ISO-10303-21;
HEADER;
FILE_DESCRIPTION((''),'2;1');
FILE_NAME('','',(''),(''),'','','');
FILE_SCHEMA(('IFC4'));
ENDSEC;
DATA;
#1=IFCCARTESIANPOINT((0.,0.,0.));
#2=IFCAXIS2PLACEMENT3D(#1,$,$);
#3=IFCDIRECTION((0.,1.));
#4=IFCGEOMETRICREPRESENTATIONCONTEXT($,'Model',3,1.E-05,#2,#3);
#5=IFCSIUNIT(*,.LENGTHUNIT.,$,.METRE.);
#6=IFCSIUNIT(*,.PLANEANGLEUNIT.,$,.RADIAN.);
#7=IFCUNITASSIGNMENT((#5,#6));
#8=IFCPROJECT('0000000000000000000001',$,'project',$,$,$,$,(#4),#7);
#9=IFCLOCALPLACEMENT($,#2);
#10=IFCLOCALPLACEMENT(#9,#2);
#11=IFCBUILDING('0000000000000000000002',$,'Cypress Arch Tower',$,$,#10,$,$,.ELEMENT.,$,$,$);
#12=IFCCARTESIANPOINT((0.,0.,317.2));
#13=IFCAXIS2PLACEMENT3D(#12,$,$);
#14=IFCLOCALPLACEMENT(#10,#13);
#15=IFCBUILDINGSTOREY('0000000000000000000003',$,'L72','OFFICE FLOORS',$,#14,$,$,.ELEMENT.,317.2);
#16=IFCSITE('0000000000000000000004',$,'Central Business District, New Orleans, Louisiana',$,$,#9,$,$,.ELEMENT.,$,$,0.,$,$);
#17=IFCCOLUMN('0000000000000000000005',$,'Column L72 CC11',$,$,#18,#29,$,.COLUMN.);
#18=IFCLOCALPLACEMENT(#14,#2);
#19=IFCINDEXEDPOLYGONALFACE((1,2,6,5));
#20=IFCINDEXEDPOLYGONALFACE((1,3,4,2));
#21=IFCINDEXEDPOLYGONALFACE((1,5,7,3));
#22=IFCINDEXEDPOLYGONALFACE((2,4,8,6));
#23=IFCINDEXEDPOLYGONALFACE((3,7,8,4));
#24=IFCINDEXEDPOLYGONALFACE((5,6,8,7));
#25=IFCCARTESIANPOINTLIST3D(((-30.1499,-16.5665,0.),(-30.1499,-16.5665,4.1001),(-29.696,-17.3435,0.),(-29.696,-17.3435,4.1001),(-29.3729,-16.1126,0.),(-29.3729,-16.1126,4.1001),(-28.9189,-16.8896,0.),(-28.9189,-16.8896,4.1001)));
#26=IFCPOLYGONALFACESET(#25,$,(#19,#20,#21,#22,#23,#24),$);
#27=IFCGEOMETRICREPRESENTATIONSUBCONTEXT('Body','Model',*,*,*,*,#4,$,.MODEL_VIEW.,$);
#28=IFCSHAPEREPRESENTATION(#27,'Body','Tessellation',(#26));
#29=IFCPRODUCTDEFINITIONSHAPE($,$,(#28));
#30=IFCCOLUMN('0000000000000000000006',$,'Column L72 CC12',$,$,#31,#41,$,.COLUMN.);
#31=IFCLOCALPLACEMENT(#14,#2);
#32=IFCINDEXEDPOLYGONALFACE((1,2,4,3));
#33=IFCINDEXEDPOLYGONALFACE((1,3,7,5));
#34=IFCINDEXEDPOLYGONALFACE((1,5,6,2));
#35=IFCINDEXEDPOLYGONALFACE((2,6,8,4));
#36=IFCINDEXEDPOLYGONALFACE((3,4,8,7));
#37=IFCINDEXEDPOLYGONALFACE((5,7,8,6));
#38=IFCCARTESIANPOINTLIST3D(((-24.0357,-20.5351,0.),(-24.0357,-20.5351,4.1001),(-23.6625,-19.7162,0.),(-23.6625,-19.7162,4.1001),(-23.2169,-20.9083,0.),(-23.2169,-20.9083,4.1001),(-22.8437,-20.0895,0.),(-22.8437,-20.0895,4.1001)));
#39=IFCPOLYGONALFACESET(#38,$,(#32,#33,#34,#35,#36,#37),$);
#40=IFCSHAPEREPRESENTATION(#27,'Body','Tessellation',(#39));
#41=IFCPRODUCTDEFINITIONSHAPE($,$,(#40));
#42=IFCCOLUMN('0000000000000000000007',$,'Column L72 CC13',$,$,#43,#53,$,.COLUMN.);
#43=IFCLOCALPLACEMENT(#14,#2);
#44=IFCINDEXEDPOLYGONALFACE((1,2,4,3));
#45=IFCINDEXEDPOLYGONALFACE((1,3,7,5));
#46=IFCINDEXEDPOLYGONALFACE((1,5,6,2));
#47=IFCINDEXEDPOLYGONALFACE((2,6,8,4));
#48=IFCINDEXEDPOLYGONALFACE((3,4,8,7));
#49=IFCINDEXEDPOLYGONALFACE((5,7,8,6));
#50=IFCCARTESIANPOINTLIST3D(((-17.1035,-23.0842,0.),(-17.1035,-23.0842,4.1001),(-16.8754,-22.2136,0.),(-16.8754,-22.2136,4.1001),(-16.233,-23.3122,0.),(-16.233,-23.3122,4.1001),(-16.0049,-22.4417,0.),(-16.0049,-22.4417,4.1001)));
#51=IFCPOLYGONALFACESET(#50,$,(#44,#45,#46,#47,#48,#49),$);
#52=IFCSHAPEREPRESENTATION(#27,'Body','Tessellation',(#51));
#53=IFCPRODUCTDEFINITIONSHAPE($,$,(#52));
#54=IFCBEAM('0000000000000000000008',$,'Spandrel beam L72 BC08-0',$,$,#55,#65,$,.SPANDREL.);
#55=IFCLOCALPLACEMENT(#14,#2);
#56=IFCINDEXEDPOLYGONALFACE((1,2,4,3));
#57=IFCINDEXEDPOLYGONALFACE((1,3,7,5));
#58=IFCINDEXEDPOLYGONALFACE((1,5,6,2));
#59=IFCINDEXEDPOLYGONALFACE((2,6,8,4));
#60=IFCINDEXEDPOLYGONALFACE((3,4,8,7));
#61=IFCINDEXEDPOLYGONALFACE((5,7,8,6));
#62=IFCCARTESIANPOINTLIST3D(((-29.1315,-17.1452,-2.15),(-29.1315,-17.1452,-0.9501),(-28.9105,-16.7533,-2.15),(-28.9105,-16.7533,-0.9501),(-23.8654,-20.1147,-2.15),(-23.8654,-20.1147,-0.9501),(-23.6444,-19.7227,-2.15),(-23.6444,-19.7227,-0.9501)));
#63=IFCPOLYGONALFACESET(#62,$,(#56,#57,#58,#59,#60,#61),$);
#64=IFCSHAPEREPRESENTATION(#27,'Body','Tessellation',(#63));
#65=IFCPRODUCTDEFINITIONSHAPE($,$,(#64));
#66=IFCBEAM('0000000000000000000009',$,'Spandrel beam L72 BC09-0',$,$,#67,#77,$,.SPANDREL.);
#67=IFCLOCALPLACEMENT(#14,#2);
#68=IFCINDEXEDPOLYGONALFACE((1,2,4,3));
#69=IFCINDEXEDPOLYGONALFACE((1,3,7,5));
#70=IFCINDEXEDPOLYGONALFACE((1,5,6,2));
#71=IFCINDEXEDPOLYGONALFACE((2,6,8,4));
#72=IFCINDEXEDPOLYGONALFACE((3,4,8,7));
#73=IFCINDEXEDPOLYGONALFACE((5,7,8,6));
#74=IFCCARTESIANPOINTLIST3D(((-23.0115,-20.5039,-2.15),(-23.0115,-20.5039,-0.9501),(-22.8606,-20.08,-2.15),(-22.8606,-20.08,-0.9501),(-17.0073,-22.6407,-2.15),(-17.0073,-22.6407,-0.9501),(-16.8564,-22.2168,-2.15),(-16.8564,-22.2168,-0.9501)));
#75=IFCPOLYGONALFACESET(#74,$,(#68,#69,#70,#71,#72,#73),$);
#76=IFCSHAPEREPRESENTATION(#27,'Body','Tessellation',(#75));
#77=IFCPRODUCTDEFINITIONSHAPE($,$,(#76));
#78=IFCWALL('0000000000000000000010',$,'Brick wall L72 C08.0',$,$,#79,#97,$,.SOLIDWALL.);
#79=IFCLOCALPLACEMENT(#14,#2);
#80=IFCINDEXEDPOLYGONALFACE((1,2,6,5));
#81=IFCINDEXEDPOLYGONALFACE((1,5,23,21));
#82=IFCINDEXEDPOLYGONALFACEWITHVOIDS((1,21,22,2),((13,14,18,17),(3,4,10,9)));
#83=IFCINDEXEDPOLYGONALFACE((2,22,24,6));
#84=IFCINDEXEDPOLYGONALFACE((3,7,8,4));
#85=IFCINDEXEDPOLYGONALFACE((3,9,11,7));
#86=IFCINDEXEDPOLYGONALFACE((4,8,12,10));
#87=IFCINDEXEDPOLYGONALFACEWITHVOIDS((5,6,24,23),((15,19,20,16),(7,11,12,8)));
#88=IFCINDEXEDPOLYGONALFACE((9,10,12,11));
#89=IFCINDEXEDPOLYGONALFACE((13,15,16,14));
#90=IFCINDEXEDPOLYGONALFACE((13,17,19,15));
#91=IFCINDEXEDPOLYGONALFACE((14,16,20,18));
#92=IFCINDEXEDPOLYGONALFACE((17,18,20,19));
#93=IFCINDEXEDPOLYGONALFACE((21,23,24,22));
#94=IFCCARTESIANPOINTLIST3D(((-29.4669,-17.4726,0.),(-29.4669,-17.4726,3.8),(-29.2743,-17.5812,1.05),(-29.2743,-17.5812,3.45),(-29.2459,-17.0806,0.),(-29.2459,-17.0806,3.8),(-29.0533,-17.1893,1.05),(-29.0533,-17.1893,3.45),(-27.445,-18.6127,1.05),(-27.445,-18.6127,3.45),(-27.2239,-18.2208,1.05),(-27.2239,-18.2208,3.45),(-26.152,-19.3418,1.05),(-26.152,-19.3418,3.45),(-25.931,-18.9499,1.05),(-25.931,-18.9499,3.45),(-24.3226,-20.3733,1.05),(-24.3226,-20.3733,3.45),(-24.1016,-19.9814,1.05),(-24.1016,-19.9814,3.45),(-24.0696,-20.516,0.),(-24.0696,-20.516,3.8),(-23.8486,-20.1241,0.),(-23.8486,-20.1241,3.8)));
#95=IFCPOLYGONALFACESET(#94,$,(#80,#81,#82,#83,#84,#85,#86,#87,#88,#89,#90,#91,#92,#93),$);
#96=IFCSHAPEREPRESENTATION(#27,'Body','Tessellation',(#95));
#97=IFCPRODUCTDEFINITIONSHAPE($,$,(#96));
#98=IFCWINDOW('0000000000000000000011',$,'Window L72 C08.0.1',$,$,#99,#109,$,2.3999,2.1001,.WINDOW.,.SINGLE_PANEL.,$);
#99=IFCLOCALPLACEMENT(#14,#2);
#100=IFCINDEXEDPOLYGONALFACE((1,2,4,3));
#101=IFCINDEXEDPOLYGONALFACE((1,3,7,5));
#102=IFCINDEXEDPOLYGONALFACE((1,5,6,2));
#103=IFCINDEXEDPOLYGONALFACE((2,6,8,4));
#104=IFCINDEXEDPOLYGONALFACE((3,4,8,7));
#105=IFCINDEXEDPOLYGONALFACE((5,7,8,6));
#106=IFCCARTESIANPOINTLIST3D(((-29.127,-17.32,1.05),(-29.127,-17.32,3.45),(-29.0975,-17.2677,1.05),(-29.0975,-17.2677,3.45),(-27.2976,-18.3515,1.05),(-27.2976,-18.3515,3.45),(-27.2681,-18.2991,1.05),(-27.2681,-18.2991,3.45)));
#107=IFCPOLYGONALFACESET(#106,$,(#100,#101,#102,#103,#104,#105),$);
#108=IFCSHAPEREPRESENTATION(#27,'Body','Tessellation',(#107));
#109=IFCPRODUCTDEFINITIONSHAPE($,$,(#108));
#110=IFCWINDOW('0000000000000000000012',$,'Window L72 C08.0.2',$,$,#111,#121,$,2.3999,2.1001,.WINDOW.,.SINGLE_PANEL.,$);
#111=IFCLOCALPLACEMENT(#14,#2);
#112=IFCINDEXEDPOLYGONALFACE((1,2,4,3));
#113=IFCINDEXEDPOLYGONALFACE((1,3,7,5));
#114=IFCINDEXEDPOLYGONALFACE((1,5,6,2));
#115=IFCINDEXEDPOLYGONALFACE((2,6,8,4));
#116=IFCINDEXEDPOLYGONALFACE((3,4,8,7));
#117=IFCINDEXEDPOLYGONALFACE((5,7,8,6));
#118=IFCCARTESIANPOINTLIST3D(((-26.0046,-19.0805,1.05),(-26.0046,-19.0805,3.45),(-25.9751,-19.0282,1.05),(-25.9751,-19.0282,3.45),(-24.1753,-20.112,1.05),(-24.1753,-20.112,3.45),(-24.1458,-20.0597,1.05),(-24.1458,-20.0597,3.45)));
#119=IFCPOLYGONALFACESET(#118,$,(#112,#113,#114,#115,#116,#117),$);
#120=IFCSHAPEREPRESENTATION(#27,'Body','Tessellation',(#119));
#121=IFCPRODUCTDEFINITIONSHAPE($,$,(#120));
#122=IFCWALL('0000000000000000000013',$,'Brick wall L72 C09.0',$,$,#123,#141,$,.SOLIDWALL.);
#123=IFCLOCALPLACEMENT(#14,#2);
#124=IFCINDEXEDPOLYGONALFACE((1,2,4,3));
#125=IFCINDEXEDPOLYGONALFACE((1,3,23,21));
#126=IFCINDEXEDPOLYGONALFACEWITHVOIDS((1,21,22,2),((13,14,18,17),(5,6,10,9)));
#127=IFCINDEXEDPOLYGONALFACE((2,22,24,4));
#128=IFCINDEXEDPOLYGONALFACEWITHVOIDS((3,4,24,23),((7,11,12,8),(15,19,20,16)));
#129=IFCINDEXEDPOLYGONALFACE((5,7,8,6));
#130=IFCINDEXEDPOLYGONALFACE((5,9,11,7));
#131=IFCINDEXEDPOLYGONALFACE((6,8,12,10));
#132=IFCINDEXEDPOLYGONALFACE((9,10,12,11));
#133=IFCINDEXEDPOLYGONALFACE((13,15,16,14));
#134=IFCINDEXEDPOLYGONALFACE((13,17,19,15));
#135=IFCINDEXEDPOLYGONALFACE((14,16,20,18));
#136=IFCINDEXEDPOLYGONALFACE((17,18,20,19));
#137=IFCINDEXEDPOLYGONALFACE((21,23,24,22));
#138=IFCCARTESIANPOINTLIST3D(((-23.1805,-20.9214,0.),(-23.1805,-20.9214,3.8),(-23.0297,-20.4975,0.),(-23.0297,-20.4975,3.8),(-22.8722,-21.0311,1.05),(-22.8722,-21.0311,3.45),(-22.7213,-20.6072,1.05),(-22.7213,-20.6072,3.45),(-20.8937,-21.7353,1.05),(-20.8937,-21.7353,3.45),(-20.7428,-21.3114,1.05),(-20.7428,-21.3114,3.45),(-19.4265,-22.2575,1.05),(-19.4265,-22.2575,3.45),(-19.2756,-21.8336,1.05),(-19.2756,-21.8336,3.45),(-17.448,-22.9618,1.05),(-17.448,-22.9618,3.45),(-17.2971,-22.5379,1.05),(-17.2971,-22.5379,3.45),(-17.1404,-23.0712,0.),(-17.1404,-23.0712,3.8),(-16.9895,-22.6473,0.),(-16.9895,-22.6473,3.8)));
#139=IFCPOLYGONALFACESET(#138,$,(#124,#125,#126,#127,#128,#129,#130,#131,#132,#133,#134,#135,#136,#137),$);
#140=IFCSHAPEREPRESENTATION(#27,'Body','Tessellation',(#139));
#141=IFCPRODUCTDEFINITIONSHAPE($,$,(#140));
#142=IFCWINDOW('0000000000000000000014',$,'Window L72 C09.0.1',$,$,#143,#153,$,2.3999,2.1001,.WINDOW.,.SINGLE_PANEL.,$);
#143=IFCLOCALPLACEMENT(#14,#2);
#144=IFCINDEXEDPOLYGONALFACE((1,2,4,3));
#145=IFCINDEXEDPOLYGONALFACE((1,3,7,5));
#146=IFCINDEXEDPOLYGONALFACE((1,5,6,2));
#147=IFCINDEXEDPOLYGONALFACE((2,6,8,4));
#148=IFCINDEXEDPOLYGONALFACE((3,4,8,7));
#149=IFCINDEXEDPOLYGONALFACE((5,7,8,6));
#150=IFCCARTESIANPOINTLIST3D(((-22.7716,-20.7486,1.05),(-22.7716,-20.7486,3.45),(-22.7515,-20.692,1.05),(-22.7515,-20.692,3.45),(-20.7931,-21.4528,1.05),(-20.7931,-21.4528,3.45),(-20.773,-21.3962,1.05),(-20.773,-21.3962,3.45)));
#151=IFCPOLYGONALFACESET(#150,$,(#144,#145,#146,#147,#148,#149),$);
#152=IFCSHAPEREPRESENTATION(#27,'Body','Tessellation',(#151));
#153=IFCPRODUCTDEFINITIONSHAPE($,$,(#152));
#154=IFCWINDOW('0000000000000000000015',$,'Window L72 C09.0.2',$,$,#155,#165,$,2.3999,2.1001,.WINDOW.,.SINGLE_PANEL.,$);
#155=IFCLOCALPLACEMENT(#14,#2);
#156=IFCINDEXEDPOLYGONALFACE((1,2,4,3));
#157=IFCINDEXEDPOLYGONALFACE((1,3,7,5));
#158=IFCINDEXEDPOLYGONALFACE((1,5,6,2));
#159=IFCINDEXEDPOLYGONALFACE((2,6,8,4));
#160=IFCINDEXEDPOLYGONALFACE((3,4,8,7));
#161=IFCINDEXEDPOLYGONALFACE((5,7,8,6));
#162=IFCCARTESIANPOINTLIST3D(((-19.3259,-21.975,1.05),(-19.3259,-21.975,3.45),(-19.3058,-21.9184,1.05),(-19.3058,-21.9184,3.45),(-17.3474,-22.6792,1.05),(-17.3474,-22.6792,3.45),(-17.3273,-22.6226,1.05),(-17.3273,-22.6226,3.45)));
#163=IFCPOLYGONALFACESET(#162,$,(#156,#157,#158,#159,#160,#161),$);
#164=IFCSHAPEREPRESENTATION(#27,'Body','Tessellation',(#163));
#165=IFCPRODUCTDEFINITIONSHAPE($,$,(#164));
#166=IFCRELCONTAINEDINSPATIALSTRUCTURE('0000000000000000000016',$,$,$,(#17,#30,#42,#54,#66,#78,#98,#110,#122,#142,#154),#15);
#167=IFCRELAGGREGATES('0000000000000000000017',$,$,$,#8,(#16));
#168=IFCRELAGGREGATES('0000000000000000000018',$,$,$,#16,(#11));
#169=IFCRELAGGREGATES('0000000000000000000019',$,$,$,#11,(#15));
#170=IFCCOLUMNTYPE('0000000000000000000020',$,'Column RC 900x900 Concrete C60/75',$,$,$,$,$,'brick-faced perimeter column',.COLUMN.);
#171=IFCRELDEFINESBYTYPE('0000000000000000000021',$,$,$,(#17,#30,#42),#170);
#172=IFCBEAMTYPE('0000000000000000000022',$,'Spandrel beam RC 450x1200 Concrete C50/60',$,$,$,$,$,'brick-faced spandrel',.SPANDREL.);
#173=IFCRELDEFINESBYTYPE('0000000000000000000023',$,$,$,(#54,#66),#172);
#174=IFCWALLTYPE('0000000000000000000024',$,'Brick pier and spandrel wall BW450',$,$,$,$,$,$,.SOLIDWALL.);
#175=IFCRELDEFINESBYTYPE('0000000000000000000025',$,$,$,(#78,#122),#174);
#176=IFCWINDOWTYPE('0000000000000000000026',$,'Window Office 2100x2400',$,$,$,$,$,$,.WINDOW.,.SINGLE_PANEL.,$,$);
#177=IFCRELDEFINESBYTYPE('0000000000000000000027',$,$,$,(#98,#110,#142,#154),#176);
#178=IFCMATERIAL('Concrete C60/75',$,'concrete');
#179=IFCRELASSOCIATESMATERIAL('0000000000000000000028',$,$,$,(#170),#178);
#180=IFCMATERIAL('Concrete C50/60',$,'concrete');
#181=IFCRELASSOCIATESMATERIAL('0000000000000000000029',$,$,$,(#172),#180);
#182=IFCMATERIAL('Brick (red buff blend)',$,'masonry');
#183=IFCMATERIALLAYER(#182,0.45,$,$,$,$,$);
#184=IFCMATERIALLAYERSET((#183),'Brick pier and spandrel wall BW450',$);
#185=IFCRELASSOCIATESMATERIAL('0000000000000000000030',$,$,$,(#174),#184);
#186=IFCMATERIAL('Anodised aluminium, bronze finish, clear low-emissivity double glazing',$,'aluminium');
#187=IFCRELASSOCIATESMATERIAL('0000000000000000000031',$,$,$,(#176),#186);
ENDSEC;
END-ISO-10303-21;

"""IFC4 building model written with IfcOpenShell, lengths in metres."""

from ifc_helpers import new_model, si_unit, direction, frame, frame_2d, origin, origin_2d, place, context, subcontext, project, spatial, rectangle, extrude, material, layer, layer_set, material_profile, profile_set, type_object, element, fill, save


model = new_model("IFC4")

# Units and contexts
model_context = context("Model", 3, precision=1e-05, world=origin(), true_north=direction((0.0, 1.0)))
body_context = subcontext(model_context, "Body", "Model", "MODEL_VIEW")
ifc_project = project(units=[si_unit("LENGTHUNIT", "METRE"), si_unit("PLANEANGLEUNIT", "RADIAN")], contexts=[model_context])

# Site, building, storey
site_placement = place(None, origin())
site = spatial("IfcSite", under=ifc_project, at=site_placement, Name="Central Business District, New Orleans, Louisiana", CompositionType="ELEMENT", RefElevation=0.0)
building_placement = place(site_placement, origin())
building = spatial("IfcBuilding", under=site, at=building_placement, Name="Cypress Arch Tower", CompositionType="ELEMENT")
storey_placement = place(building_placement, frame((0.0, 0.0, 317.2)))
storey = spatial("IfcBuildingStorey", under=building, at=storey_placement, Name="L72", Description="OFFICE FLOORS", CompositionType="ELEMENT", Elevation=317.2)

# Columns
ifc_material_1 = material(Name="Concrete C60/75", Category="concrete")
ifc_material_profile_1 = material_profile(ifc_material_1, rectangle(XDim=0.8999, YDim=0.8999, at=origin_2d()), Name="RC 900x900")
ifc_profile_set_1 = profile_set([ifc_material_profile_1], Name="Concrete C60/75")
column_type = type_object("IfcColumnType", Name="Column RC 900x900 Concrete C60/75", ElementType="brick-faced perimeter column", PredefinedType="COLUMN", material=ifc_profile_set_1)
for number, where, z_axis, x_axis, name in (
    (1, (-29.5344, -16.728, 0.0), (0.0, 0.0, 1.0), (0.504399, -0.863471, 0.0), "Column L72 CC11"),
    (2, (-23.4397, -20.3123, 0.0), (0.0, 0.0, 1.0), (0.909932, -0.414757, 0.0), "Column L72 CC12"),
    (3, (-16.5542, -22.7629, 0.0), (0.0, 0.0, 1.0), (0.967356, -0.253422, 0.0), "Column L72 CC13"),
):
    element("IfcColumn", number, at=place(storey_placement, frame(where, z_axis=z_axis, x_axis=x_axis)), inside=storey, type_object=column_type, Name=name, PredefinedType="COLUMN", context=body_context, shape_type="SweptSolid", body=[
        extrude(rectangle(XDim=0.8999, YDim=0.8999, at=origin_2d()), origin(), (0.0, 0.0, 1.0), 4.1001),
    ])

# Beams
ifc_material_2 = material(Name="Concrete C50/60", Category="concrete")
ifc_material_profile_2 = material_profile(ifc_material_2, rectangle(XDim=0.45, YDim=1.2, at=origin_2d()), Name="RC 450x1200")
ifc_profile_set_2 = profile_set([ifc_material_profile_2], Name="Concrete C50/60")
beam_type = type_object("IfcBeamType", Name="Spandrel beam RC 450x1200 Concrete C50/60", ElementType="brick-faced spandrel", PredefinedType="SPANDREL", material=ifc_profile_set_2)
beam_1_placement = place(storey_placement, frame((-29.021, -16.9492, -1.55), z_axis=(0.87106, -0.491177, 0.0), x_axis=(0.491177, 0.87106, 0.0)))
element("IfcBeam", 4, at=beam_1_placement, inside=storey, type_object=beam_type, Name="Spandrel beam L72 BC08-0", PredefinedType="SPANDREL", context=body_context, shape_type="SweptSolid", body=[
    extrude(rectangle(XDim=0.45, YDim=1.2, at=origin_2d()), origin(), (0.0, 0.0, 1.0), 6.0457),
])
beam_2_placement = place(storey_placement, frame((-22.936, -20.292, -1.55), z_axis=(0.94212, -0.335276, 0.0), x_axis=(0.335276, 0.94212, 0.0)))
element("IfcBeam", 5, at=beam_2_placement, inside=storey, type_object=beam_type, Name="Spandrel beam L72 BC09-0", PredefinedType="SPANDREL", context=body_context, shape_type="SweptSolid", body=[
    extrude(rectangle(XDim=0.45, YDim=1.2, at=origin_2d()), origin(), (0.0, 0.0, 1.0), 6.373),
])

# Walls, openings, windows
ifc_material_3 = material(Name="Brick (red buff blend)", Category="masonry")
ifc_layer_1 = layer(ifc_material_3, 0.45)
ifc_layer_set_1 = layer_set([ifc_layer_1], Name="Brick pier and spandrel wall BW450")
wall_type_1 = type_object("IfcWallType", Name="Brick pier and spandrel wall BW450", PredefinedType="SOLIDWALL", material=ifc_layer_set_1)
wall_1_placement = place(storey_placement, frame((-29.3564, -17.2766, 0.0), z_axis=(0.0, 0.0, 1.0), x_axis=(0.871066, -0.491166, 0.0)))
wall_1 = element("IfcWall", 6, at=wall_1_placement, inside=storey, type_object=wall_type_1, Name="Brick wall L72 C08.0", PredefinedType="SOLIDWALL", context=body_context, shape_type="SweptSolid", body=[
    extrude(rectangle(XDim=6.1963, YDim=0.45, at=frame_2d((3.0981, 0.0))), origin(), (0.0, 0.0, 1.0), 3.8),
])
opening_1_placement = place(wall_1_placement, frame((0.2212, 0.0, 1.05)))
opening_1 = element("IfcOpeningElement", 7, at=opening_1_placement, cuts=wall_1, PredefinedType="OPENING", context=body_context, shape_type="SweptSolid", body=[
    extrude(rectangle(XDim=2.1001, YDim=2.3999, at=frame_2d((1.05, 1.2))), frame((0.0, 0.2349, 0.0), z_axis=(0.0, -1.0, 0.0), x_axis=(1.0, 0.0, 0.0)), (0.0, 0.0, 1.0), 0.47),
])
opening_2_placement = place(wall_1_placement, frame((3.8057, 0.0, 1.05)))
opening_2 = element("IfcOpeningElement", 8, at=opening_2_placement, cuts=wall_1, PredefinedType="OPENING", context=body_context, shape_type="SweptSolid", body=[
    extrude(rectangle(XDim=2.1001, YDim=2.3999, at=frame_2d((1.05, 1.2))), frame((0.0, 0.2349, 0.0), z_axis=(0.0, -1.0, 0.0), x_axis=(1.0, 0.0, 0.0)), (0.0, 0.0, 1.0), 0.47),
])
ifc_material_4 = material(Name="Anodised aluminium, bronze finish, clear low-emissivity double glazing", Category="aluminium")
window_type = type_object("IfcWindowType", Name="Window Office 2100x2400", PartitioningType="SINGLE_PANEL", PredefinedType="WINDOW", material=ifc_material_4)
window_1_placement = place(opening_1_placement, origin())
window_1 = element("IfcWindow", 9, at=window_1_placement, inside=storey, type_object=window_type, Name="Window L72 C08.0.1", OverallHeight=2.3999, OverallWidth=2.1001, PartitioningType="SINGLE_PANEL", PredefinedType="WINDOW", context=body_context, shape_type="SweptSolid", body=[
    extrude(rectangle(XDim=2.1001, YDim=2.3999, at=frame_2d((1.05, 1.2))), frame((0.0, 0.135, 0.0), z_axis=(0.0, -1.0, 0.0), x_axis=(1.0, 0.0, 0.0)), (0.0, 0.0, 1.0), 0.0601),
])
fill(opening_1, window_1)
window_2_placement = place(opening_2_placement, origin())
window_2 = element("IfcWindow", 10, at=window_2_placement, inside=storey, type_object=window_type, Name="Window L72 C08.0.2", OverallHeight=2.3999, OverallWidth=2.1001, PartitioningType="SINGLE_PANEL", PredefinedType="WINDOW", context=body_context, shape_type="SweptSolid", body=[
    extrude(rectangle(XDim=2.1001, YDim=2.3999, at=frame_2d((1.05, 1.2))), frame((0.0, 0.135, 0.0), z_axis=(0.0, -1.0, 0.0), x_axis=(1.0, 0.0, 0.0)), (0.0, 0.0, 1.0), 0.0601),
])
fill(opening_2, window_2)
wall_2_placement = place(storey_placement, frame((-23.105, -20.7095, 0.0), z_axis=(0.0, 0.0, 1.0), x_axis=(0.942104, -0.335321, 0.0)))
wall_2 = element("IfcWall", 11, at=wall_2_placement, inside=storey, type_object=wall_type_1, Name="Brick wall L72 C09.0", PredefinedType="SOLIDWALL", context=body_context, shape_type="SweptSolid", body=[
    extrude(rectangle(XDim=6.4114, YDim=0.45, at=frame_2d((3.2056, 0.0))), origin(), (0.0, 0.0, 1.0), 3.8),
])
opening_3_placement = place(wall_2_placement, frame((0.3271, 0.0, 1.05)))
opening_3 = element("IfcOpeningElement", 12, at=opening_3_placement, cuts=wall_2, PredefinedType="OPENING", context=body_context, shape_type="SweptSolid", body=[
    extrude(rectangle(XDim=2.1001, YDim=2.3999, at=frame_2d((1.05, 1.2))), frame((0.0, 0.2349, 0.0), z_axis=(0.0, -1.0, 0.0), x_axis=(1.0, 0.0, 0.0)), (0.0, 0.0, 1.0), 0.47),
])
opening_4_placement = place(wall_2_placement, frame((3.9846, 0.0, 1.05)))
opening_4 = element("IfcOpeningElement", 13, at=opening_4_placement, cuts=wall_2, PredefinedType="OPENING", context=body_context, shape_type="SweptSolid", body=[
    extrude(rectangle(XDim=2.1001, YDim=2.3999, at=frame_2d((1.05, 1.2))), frame((0.0, 0.2349, 0.0), z_axis=(0.0, -1.0, 0.0), x_axis=(1.0, 0.0, 0.0)), (0.0, 0.0, 1.0), 0.47),
])
window_3_placement = place(opening_3_placement, origin())
window_3 = element("IfcWindow", 14, at=window_3_placement, inside=storey, type_object=window_type, Name="Window L72 C09.0.1", OverallHeight=2.3999, OverallWidth=2.1001, PartitioningType="SINGLE_PANEL", PredefinedType="WINDOW", context=body_context, shape_type="SweptSolid", body=[
    extrude(rectangle(XDim=2.1001, YDim=2.3999, at=frame_2d((1.05, 1.2))), frame((0.0, 0.135, 0.0), z_axis=(0.0, -1.0, 0.0), x_axis=(1.0, 0.0, 0.0)), (0.0, 0.0, 1.0), 0.0601),
])
fill(opening_3, window_3)
window_4_placement = place(opening_4_placement, origin())
window_4 = element("IfcWindow", 15, at=window_4_placement, inside=storey, type_object=window_type, Name="Window L72 C09.0.2", OverallHeight=2.3999, OverallWidth=2.1001, PartitioningType="SINGLE_PANEL", PredefinedType="WINDOW", context=body_context, shape_type="SweptSolid", body=[
    extrude(rectangle(XDim=2.1001, YDim=2.3999, at=frame_2d((1.05, 1.2))), frame((0.0, 0.135, 0.0), z_axis=(0.0, -1.0, 0.0), x_axis=(1.0, 0.0, 0.0)), (0.0, 0.0, 1.0), 0.0601),
])
fill(opening_4, window_4)

save(model, "model.ifc")
